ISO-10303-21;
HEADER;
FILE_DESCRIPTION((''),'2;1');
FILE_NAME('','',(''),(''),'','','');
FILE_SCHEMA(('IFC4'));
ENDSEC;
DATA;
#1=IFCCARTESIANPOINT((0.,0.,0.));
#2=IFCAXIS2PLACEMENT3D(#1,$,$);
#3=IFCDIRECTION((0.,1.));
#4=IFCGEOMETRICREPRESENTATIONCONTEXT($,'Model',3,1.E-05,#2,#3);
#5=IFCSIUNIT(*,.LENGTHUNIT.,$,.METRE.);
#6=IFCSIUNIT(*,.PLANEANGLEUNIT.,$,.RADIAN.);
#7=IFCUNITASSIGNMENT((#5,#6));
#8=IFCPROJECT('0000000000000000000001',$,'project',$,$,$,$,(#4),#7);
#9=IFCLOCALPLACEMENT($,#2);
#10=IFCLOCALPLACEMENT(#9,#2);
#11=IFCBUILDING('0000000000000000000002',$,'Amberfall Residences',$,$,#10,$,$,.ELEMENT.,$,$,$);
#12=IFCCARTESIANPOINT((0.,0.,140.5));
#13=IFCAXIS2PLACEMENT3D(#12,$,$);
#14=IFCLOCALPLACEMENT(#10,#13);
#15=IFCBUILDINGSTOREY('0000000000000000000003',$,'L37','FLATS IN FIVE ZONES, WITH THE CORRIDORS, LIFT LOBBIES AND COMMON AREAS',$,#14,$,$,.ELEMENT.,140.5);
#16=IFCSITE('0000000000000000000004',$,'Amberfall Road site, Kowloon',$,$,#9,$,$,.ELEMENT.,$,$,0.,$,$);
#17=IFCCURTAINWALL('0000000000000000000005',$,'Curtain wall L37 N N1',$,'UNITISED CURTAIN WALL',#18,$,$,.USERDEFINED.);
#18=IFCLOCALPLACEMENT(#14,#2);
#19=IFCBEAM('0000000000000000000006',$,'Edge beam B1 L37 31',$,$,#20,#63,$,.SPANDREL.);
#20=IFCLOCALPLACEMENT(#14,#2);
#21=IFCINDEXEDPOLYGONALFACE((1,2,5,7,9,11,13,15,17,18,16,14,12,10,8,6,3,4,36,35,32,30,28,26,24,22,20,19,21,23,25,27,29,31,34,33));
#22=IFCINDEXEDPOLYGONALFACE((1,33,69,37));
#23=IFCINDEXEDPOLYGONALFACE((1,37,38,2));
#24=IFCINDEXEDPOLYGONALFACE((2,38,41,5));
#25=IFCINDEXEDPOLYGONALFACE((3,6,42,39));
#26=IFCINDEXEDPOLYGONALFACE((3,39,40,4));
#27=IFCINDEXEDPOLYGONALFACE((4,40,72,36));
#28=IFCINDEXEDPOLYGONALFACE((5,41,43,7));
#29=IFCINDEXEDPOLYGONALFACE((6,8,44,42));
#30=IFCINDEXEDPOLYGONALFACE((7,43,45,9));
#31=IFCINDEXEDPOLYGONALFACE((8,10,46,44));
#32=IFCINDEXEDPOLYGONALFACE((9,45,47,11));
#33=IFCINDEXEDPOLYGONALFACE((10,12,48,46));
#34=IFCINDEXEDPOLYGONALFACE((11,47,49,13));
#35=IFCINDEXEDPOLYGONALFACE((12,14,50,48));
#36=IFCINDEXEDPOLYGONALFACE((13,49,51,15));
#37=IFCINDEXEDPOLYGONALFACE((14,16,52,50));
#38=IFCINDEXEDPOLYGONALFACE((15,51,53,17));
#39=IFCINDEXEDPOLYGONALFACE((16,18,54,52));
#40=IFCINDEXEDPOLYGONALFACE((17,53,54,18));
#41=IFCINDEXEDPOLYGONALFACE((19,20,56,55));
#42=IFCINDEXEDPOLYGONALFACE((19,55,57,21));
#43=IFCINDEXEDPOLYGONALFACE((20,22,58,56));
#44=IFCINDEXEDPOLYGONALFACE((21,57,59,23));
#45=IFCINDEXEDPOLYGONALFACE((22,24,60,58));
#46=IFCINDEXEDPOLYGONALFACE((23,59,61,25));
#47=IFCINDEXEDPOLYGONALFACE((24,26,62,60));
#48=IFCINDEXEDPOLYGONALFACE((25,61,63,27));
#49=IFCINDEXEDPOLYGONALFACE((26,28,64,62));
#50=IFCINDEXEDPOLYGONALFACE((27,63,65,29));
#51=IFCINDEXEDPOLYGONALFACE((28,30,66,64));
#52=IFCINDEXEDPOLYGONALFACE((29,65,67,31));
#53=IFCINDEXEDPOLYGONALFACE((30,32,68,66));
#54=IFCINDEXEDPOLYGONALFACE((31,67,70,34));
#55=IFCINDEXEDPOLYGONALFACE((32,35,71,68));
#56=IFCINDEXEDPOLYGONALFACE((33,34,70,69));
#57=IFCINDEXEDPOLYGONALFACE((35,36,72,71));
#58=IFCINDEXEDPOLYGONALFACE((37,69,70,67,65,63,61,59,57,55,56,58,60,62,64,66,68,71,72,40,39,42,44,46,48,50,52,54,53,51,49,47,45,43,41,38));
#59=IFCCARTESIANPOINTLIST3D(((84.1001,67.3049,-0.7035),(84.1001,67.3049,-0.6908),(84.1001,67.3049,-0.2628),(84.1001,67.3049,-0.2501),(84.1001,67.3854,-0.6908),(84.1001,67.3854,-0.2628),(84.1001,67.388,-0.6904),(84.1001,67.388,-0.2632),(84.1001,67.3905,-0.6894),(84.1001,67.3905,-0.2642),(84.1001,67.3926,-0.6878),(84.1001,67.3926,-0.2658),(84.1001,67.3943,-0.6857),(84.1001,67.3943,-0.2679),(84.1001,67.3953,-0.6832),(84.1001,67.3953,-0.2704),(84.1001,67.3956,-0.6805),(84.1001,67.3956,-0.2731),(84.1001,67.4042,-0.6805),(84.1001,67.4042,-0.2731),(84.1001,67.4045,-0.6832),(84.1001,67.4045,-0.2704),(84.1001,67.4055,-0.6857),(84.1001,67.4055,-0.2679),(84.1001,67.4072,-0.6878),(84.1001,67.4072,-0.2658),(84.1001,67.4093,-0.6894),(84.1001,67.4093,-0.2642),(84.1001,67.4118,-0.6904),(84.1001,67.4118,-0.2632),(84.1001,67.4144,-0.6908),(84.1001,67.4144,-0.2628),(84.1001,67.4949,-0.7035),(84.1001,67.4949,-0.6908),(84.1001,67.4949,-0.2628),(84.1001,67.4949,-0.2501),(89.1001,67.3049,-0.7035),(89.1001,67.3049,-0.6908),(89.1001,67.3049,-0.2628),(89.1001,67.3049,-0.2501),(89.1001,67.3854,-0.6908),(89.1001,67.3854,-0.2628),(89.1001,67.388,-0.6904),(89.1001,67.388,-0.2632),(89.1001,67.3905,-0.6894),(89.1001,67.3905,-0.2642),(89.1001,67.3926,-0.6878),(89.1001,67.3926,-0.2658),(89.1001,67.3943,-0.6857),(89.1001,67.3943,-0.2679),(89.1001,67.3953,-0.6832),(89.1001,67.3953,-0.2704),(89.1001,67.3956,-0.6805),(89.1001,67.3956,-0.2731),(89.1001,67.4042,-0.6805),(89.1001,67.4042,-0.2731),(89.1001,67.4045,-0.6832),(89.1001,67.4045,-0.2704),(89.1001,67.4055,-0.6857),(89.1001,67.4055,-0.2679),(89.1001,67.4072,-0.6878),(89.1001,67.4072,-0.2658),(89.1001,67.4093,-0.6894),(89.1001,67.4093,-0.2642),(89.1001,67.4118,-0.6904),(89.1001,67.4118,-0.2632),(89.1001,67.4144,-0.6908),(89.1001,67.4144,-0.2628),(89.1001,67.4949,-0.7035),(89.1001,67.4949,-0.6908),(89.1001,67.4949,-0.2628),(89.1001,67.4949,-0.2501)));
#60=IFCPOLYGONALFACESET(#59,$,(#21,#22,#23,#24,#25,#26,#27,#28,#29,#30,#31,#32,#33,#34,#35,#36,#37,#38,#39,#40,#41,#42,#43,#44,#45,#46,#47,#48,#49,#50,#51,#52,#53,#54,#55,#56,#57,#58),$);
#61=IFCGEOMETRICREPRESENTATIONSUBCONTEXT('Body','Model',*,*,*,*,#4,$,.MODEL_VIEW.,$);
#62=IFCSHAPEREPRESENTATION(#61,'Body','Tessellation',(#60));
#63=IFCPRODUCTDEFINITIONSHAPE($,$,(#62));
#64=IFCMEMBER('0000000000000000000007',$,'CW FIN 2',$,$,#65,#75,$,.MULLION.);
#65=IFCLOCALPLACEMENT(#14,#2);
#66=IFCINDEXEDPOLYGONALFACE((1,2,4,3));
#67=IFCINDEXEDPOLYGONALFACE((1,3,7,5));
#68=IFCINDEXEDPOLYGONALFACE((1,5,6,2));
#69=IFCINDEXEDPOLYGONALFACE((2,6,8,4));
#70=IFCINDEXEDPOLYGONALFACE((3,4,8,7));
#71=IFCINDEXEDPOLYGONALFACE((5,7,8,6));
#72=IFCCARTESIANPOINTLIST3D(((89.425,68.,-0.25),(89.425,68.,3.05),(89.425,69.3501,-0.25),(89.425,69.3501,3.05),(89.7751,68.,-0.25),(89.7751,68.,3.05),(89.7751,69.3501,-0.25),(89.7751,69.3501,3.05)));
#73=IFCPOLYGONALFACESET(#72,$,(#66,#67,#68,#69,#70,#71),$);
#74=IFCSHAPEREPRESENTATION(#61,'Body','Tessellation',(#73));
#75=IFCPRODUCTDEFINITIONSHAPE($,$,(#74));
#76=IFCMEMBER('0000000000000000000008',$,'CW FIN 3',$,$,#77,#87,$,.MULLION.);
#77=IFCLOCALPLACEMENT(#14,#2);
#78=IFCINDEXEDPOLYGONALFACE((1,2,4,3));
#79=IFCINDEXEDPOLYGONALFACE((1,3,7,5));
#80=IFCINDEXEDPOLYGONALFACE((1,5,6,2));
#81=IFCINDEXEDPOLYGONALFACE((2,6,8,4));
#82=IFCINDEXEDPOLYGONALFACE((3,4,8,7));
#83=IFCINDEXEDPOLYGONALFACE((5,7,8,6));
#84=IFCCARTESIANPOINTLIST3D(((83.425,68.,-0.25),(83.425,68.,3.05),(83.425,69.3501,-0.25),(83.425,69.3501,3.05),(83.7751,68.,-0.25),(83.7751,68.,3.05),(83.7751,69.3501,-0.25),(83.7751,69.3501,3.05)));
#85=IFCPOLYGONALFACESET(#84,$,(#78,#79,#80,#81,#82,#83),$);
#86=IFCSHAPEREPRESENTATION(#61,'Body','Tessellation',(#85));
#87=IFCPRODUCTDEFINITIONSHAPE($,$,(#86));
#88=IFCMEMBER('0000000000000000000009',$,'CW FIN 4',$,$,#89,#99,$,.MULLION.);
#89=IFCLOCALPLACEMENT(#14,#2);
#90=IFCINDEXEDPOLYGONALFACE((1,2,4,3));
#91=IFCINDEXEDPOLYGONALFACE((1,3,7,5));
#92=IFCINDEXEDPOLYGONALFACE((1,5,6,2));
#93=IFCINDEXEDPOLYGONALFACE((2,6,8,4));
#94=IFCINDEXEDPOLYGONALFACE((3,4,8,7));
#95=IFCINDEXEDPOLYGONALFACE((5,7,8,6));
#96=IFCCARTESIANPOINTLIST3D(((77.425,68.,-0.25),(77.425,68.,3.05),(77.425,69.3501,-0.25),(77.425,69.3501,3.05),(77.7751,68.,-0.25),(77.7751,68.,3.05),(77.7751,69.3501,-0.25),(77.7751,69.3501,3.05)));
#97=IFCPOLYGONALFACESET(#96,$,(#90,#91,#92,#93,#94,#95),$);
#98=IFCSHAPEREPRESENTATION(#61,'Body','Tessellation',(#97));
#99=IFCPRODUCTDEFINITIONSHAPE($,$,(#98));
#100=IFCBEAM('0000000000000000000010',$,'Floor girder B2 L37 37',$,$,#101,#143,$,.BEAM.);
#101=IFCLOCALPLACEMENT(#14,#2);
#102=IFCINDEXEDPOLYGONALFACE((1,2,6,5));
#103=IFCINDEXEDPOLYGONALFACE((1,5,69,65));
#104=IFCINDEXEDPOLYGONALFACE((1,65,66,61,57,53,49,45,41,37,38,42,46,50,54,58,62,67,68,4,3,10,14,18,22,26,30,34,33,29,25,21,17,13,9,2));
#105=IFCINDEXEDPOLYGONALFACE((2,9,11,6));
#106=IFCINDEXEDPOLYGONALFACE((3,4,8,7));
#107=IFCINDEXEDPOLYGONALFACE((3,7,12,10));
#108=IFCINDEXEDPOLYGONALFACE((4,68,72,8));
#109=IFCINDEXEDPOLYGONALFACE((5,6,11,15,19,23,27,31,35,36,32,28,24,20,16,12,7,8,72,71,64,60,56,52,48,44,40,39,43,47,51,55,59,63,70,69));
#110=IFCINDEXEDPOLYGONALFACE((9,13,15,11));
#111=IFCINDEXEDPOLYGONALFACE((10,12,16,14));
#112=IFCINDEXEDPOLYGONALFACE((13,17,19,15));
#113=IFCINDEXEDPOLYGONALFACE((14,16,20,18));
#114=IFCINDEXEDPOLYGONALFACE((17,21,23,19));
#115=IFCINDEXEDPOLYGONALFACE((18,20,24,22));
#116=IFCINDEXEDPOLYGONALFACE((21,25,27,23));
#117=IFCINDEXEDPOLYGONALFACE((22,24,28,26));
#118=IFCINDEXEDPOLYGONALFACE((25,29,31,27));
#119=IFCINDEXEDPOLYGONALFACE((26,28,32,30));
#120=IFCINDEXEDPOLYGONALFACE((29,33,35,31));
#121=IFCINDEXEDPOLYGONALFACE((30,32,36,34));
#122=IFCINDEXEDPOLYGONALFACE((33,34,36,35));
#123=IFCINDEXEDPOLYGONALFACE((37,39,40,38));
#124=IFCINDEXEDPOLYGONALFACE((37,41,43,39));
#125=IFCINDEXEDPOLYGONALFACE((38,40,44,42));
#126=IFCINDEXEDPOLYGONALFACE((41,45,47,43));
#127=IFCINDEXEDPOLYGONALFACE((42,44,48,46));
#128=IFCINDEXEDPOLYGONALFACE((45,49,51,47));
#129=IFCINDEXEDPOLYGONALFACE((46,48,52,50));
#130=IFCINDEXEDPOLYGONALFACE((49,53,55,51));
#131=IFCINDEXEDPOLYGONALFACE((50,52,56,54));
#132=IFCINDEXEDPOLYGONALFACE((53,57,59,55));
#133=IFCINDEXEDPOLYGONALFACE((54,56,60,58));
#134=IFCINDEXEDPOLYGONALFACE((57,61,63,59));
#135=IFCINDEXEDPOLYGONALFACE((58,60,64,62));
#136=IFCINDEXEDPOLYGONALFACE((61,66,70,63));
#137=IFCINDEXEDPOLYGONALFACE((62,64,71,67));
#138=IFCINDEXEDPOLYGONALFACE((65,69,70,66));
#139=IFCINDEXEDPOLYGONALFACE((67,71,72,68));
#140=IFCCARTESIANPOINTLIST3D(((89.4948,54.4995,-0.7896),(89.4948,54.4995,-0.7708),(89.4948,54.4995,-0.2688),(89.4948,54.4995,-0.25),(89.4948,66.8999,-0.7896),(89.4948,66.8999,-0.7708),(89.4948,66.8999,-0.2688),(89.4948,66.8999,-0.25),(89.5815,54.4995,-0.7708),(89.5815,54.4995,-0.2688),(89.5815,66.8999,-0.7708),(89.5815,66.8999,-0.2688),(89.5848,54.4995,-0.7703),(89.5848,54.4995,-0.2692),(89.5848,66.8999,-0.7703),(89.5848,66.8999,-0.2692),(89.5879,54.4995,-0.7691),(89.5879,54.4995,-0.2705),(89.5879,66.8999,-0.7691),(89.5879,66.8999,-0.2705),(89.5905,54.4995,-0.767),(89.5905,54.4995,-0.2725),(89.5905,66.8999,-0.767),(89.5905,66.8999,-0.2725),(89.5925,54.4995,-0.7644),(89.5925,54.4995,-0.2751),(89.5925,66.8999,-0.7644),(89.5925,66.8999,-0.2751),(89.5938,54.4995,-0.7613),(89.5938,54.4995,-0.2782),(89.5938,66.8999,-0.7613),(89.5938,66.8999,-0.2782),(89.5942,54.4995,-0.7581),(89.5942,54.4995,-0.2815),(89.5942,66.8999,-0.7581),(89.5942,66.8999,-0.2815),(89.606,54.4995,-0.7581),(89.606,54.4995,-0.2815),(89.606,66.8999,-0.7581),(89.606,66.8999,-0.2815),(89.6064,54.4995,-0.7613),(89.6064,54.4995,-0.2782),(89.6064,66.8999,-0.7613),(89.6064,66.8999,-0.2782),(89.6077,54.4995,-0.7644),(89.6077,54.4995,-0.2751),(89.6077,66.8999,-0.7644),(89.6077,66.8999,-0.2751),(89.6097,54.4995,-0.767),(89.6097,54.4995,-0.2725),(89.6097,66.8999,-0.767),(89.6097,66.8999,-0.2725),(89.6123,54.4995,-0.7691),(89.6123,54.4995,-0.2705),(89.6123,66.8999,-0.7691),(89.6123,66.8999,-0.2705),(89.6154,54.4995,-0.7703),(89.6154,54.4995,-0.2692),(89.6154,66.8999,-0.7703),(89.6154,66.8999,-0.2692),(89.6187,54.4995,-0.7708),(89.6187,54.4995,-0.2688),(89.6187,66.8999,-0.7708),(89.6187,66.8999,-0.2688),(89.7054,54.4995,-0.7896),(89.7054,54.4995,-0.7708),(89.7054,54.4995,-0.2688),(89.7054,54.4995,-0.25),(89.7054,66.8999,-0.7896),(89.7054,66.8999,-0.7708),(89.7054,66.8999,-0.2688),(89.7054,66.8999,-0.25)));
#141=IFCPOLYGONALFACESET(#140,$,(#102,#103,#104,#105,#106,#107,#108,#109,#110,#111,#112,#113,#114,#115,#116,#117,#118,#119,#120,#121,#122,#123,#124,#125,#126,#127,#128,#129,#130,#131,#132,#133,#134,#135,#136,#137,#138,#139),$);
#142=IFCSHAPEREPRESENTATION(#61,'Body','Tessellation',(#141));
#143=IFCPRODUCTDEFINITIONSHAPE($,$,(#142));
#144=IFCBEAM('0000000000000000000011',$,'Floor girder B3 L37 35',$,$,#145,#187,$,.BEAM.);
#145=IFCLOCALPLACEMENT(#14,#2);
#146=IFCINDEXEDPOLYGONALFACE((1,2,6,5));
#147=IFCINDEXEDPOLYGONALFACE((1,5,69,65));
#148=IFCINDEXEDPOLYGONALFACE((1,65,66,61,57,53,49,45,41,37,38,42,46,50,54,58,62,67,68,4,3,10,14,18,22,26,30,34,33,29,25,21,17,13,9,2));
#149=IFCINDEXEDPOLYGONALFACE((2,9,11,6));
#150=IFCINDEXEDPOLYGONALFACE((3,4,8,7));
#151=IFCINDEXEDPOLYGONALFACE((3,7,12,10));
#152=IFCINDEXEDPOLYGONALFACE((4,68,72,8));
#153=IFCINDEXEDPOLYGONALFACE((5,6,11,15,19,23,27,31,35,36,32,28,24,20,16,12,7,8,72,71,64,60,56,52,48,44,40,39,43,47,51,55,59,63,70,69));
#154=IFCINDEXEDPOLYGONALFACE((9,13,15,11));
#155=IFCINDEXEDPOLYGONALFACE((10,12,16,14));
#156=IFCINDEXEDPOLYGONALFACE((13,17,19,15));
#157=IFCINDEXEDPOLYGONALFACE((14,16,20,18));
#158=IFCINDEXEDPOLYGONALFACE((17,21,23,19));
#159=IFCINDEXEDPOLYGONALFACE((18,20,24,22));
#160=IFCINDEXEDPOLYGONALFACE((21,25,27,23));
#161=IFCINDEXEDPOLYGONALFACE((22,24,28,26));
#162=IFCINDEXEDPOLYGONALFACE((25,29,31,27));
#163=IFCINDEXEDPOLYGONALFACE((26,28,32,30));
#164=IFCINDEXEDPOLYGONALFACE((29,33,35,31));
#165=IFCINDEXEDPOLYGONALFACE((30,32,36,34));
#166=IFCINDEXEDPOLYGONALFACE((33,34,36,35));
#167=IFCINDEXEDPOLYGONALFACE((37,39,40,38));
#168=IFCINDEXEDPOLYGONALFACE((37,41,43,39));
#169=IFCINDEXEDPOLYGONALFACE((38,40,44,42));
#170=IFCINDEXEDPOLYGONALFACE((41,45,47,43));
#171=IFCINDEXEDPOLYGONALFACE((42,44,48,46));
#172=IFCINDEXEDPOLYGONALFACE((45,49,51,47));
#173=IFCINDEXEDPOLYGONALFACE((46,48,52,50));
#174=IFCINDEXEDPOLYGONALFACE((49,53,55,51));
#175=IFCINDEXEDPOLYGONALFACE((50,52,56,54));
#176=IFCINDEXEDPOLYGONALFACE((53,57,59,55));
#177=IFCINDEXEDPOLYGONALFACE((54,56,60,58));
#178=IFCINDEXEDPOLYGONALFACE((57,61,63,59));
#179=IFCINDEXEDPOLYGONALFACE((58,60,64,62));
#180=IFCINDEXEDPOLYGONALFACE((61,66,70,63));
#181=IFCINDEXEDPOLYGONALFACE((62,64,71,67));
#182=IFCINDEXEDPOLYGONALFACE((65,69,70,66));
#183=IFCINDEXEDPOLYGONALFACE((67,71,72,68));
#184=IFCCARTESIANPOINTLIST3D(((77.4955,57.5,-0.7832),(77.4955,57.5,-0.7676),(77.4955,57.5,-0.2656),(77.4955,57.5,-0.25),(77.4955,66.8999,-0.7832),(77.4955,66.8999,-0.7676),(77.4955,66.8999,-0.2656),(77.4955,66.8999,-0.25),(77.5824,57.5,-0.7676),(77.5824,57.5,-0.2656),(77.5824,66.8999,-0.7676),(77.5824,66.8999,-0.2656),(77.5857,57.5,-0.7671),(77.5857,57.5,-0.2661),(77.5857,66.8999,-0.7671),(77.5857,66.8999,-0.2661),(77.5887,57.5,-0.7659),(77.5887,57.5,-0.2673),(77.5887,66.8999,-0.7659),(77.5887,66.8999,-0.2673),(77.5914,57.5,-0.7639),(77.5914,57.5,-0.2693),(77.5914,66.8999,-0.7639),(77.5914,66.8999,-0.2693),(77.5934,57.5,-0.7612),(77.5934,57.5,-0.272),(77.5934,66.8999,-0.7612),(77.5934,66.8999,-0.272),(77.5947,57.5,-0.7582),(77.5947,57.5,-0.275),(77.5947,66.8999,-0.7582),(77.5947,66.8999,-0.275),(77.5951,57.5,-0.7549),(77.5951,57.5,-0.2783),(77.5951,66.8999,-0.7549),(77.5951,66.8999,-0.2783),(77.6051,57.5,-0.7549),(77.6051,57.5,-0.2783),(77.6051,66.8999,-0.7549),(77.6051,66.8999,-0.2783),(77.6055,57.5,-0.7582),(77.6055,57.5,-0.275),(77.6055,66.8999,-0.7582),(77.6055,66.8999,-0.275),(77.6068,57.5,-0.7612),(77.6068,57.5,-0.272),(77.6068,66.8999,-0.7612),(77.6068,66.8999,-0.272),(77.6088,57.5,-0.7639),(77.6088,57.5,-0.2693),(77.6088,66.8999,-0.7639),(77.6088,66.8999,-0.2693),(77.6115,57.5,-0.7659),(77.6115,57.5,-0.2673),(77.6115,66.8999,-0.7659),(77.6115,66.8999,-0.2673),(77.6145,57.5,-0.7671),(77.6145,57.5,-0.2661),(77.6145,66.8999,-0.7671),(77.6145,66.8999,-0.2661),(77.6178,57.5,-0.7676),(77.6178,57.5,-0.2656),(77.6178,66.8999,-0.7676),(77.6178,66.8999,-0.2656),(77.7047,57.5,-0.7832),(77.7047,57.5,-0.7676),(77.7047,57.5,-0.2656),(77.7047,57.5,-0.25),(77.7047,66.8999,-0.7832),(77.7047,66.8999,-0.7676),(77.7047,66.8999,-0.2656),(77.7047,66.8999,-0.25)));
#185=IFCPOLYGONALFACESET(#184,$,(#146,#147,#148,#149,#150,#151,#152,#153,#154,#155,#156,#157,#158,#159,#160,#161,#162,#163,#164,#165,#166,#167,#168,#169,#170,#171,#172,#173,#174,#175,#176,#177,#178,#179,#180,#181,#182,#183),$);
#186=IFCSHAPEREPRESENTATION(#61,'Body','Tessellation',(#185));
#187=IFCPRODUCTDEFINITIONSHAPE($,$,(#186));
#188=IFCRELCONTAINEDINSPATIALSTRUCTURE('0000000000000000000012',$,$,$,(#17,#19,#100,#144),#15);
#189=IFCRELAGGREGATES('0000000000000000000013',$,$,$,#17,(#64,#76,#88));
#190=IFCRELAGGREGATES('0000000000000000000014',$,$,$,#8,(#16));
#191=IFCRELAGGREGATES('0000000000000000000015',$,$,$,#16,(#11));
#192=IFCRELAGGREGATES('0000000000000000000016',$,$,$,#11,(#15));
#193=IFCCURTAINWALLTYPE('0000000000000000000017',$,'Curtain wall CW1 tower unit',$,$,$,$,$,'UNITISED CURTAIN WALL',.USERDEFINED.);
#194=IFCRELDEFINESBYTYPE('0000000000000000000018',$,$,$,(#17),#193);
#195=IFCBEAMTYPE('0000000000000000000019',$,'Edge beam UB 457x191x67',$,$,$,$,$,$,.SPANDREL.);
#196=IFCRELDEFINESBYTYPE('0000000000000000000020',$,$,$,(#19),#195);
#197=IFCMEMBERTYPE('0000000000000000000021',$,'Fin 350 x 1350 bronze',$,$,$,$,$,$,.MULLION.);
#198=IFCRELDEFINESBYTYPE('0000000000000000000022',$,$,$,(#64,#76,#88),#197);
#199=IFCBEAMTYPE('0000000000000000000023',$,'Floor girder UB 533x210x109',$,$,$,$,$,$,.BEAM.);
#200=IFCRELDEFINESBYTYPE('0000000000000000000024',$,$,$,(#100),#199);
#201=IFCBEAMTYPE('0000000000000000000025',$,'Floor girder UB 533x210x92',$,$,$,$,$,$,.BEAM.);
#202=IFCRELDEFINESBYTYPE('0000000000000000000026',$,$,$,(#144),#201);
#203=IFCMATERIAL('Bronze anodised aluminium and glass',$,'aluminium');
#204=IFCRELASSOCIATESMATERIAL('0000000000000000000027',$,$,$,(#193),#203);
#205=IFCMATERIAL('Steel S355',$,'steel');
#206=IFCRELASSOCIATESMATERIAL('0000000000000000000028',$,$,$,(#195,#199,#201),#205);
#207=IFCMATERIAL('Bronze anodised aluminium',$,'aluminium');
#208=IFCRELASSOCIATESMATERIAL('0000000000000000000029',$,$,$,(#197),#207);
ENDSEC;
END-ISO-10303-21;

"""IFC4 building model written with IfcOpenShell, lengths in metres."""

from ifc_helpers import new_model, si_unit, direction, frame, origin, origin_2d, place, context, subcontext, project, spatial, rectangle, i_section, extrude, material, material_profile, profile_set, type_object, element, aggregate, save


model = new_model("IFC4")

# Units and contexts
model_context = context("Model", 3, precision=1e-05, world=origin(), true_north=direction((0.0, 1.0)))
body_context = subcontext(model_context, "Body", "Model", "MODEL_VIEW")
ifc_project = project(units=[si_unit("LENGTHUNIT", "METRE"), si_unit("PLANEANGLEUNIT", "RADIAN")], contexts=[model_context])

# Site, building, storey
site_placement = place(None, origin())
site = spatial("IfcSite", under=ifc_project, at=site_placement, Name="Amberfall Road site, Kowloon", CompositionType="ELEMENT", RefElevation=0.0)
building_placement = place(site_placement, origin())
building = spatial("IfcBuilding", under=site, at=building_placement, Name="Amberfall Residences", CompositionType="ELEMENT")
storey_placement = place(building_placement, frame((0.0, 0.0, 140.5)))
storey = spatial("IfcBuildingStorey", under=building, at=storey_placement, Name="L37", Description="FLATS IN FIVE ZONES, WITH THE CORRIDORS, LIFT LOBBIES AND COMMON AREAS", CompositionType="ELEMENT", Elevation=140.5)

# Curtain wall
ifc_material_1 = material(Name="Bronze anodised aluminium and glass", Category="aluminium")
curtain_wall_type = type_object("IfcCurtainWallType", Name="Curtain wall CW1 tower unit", ElementType="UNITISED CURTAIN WALL", PredefinedType="USERDEFINED", material=ifc_material_1)
curtain_wall_placement = place(storey_placement, origin())
curtain_wall = element("IfcCurtainWall", 1, at=curtain_wall_placement, inside=storey, type_object=curtain_wall_type, Name="Curtain wall L37 N N1", ObjectType="UNITISED CURTAIN WALL", PredefinedType="USERDEFINED")
ifc_material_2 = material(Name="Bronze anodised aluminium", Category="aluminium")

# Beam
ifc_material_3 = material(Name="Steel S355", Category="steel")
ifc_material_profile_1 = material_profile(ifc_material_3, i_section(OverallWidth=0.1899, OverallDepth=0.4534, WebThickness=0.0085, FlangeThickness=0.0127, FilletRadius=0.0103, at=origin_2d()), Name="UB 457x191x67")
ifc_profile_set_1 = profile_set([ifc_material_profile_1], Name="Steel S355")
beam_type_1 = type_object("IfcBeamType", Name="Edge beam UB 457x191x67", PredefinedType="SPANDREL", material=ifc_profile_set_1)
for number, where, z_axis, x_axis, name in (
    (2, (84.1001, 67.3999, -0.4768), (1.0, 0.0, 0.0), (0.0, 1.0, 0.0), "Edge beam B1 L37 31"),
):
    element("IfcBeam", number, at=place(storey_placement, frame(where, z_axis=z_axis, x_axis=x_axis)), inside=storey, type_object=beam_type_1, Name=name, PredefinedType="SPANDREL", context=body_context, shape_type="SweptSolid", body=[
        extrude(i_section(OverallWidth=0.1899, OverallDepth=0.4534, WebThickness=0.0085, FlangeThickness=0.0127, FilletRadius=0.0103, at=origin_2d()), origin(), (0.0, 0.0, 1.0), 5.0),
    ])

# Members
ifc_material_profile_2 = material_profile(ifc_material_2, rectangle(XDim=1.3501, YDim=0.3501, at=origin_2d()), Name="Fin 350 x 1350 bronze")
ifc_profile_set_2 = profile_set([ifc_material_profile_2], Name="Bronze anodised aluminium")
member_type_1 = type_object("IfcMemberType", Name="Fin 350 x 1350 bronze", PredefinedType="MULLION", material=ifc_profile_set_2)
member_1_placement = place(storey_placement, frame((89.6001, 68.675, -0.25), z_axis=(0.0, 0.0, 1.0), x_axis=(0.0, -1.0, 0.0)))
member_1 = element("IfcMember", 3, at=member_1_placement, type_object=member_type_1, Name="CW FIN 2", PredefinedType="MULLION", context=body_context, shape_type="SweptSolid", body=[
    extrude(rectangle(XDim=1.3501, YDim=0.3501, at=origin_2d()), origin(), (0.0, 0.0, 1.0), 3.3),
])
member_2_placement = place(storey_placement, frame((83.6001, 68.675, -0.25), z_axis=(0.0, 0.0, 1.0), x_axis=(0.0, -1.0, 0.0)))
member_2 = element("IfcMember", 4, at=member_2_placement, type_object=member_type_1, Name="CW FIN 3", PredefinedType="MULLION", context=body_context, shape_type="SweptSolid", body=[
    extrude(rectangle(XDim=1.3501, YDim=0.3501, at=origin_2d()), origin(), (0.0, 0.0, 1.0), 3.3),
])
member_3_placement = place(storey_placement, frame((77.6001, 68.675, -0.25), z_axis=(0.0, 0.0, 1.0), x_axis=(0.0, -1.0, 0.0)))
member_3 = element("IfcMember", 5, at=member_3_placement, type_object=member_type_1, Name="CW FIN 4", PredefinedType="MULLION", context=body_context, shape_type="SweptSolid", body=[
    extrude(rectangle(XDim=1.3501, YDim=0.3501, at=origin_2d()), origin(), (0.0, 0.0, 1.0), 3.3),
])

# Beams
ifc_material_profile_3 = material_profile(ifc_material_3, i_section(OverallWidth=0.2107, OverallDepth=0.5396, WebThickness=0.0117, FlangeThickness=0.0188, FilletRadius=0.0127, at=origin_2d()), Name="UB 533x210x109")
ifc_profile_set_3 = profile_set([ifc_material_profile_3], Name="Steel S355")
beam_type_2 = type_object("IfcBeamType", Name="Floor girder UB 533x210x109", PredefinedType="BEAM", material=ifc_profile_set_3)
beam_placement = place(storey_placement, frame((89.6001, 66.8999, -0.5198), z_axis=(0.0, -1.0, 0.0), x_axis=(1.0, 0.0, 0.0)))
element("IfcBeam", 6, at=beam_placement, inside=storey, type_object=beam_type_2, Name="Floor girder B2 L37 37", PredefinedType="BEAM", context=body_context, shape_type="SweptSolid", body=[
    extrude(i_section(OverallWidth=0.2107, OverallDepth=0.5396, WebThickness=0.0117, FlangeThickness=0.0188, FilletRadius=0.0127, at=origin_2d()), origin(), (0.0, 0.0, 1.0), 12.4004),
])
ifc_material_profile_4 = material_profile(ifc_material_3, i_section(OverallWidth=0.2092, OverallDepth=0.5332, WebThickness=0.01, FlangeThickness=0.0156, FilletRadius=0.0127, at=origin_2d()), Name="UB 533x210x92")
ifc_profile_set_4 = profile_set([ifc_material_profile_4], Name="Steel S355")
beam_type_3 = type_object("IfcBeamType", Name="Floor girder UB 533x210x92", PredefinedType="BEAM", material=ifc_profile_set_4)
for number, where, z_axis, x_axis, name in (
    (7, (77.6001, 66.8999, -0.5166), (0.0, -1.0, 0.0), (1.0, 0.0, 0.0), "Floor girder B3 L37 35"),
):
    element("IfcBeam", number, at=place(storey_placement, frame(where, z_axis=z_axis, x_axis=x_axis)), inside=storey, type_object=beam_type_3, Name=name, PredefinedType="BEAM", context=body_context, shape_type="SweptSolid", body=[
        extrude(i_section(OverallWidth=0.2092, OverallDepth=0.5332, WebThickness=0.01, FlangeThickness=0.0156, FilletRadius=0.0127, at=origin_2d()), origin(), (0.0, 0.0, 1.0), 9.3999),
    ])

aggregate(curtain_wall, [member_1, member_2, member_3])

save(model, "model.ifc")
